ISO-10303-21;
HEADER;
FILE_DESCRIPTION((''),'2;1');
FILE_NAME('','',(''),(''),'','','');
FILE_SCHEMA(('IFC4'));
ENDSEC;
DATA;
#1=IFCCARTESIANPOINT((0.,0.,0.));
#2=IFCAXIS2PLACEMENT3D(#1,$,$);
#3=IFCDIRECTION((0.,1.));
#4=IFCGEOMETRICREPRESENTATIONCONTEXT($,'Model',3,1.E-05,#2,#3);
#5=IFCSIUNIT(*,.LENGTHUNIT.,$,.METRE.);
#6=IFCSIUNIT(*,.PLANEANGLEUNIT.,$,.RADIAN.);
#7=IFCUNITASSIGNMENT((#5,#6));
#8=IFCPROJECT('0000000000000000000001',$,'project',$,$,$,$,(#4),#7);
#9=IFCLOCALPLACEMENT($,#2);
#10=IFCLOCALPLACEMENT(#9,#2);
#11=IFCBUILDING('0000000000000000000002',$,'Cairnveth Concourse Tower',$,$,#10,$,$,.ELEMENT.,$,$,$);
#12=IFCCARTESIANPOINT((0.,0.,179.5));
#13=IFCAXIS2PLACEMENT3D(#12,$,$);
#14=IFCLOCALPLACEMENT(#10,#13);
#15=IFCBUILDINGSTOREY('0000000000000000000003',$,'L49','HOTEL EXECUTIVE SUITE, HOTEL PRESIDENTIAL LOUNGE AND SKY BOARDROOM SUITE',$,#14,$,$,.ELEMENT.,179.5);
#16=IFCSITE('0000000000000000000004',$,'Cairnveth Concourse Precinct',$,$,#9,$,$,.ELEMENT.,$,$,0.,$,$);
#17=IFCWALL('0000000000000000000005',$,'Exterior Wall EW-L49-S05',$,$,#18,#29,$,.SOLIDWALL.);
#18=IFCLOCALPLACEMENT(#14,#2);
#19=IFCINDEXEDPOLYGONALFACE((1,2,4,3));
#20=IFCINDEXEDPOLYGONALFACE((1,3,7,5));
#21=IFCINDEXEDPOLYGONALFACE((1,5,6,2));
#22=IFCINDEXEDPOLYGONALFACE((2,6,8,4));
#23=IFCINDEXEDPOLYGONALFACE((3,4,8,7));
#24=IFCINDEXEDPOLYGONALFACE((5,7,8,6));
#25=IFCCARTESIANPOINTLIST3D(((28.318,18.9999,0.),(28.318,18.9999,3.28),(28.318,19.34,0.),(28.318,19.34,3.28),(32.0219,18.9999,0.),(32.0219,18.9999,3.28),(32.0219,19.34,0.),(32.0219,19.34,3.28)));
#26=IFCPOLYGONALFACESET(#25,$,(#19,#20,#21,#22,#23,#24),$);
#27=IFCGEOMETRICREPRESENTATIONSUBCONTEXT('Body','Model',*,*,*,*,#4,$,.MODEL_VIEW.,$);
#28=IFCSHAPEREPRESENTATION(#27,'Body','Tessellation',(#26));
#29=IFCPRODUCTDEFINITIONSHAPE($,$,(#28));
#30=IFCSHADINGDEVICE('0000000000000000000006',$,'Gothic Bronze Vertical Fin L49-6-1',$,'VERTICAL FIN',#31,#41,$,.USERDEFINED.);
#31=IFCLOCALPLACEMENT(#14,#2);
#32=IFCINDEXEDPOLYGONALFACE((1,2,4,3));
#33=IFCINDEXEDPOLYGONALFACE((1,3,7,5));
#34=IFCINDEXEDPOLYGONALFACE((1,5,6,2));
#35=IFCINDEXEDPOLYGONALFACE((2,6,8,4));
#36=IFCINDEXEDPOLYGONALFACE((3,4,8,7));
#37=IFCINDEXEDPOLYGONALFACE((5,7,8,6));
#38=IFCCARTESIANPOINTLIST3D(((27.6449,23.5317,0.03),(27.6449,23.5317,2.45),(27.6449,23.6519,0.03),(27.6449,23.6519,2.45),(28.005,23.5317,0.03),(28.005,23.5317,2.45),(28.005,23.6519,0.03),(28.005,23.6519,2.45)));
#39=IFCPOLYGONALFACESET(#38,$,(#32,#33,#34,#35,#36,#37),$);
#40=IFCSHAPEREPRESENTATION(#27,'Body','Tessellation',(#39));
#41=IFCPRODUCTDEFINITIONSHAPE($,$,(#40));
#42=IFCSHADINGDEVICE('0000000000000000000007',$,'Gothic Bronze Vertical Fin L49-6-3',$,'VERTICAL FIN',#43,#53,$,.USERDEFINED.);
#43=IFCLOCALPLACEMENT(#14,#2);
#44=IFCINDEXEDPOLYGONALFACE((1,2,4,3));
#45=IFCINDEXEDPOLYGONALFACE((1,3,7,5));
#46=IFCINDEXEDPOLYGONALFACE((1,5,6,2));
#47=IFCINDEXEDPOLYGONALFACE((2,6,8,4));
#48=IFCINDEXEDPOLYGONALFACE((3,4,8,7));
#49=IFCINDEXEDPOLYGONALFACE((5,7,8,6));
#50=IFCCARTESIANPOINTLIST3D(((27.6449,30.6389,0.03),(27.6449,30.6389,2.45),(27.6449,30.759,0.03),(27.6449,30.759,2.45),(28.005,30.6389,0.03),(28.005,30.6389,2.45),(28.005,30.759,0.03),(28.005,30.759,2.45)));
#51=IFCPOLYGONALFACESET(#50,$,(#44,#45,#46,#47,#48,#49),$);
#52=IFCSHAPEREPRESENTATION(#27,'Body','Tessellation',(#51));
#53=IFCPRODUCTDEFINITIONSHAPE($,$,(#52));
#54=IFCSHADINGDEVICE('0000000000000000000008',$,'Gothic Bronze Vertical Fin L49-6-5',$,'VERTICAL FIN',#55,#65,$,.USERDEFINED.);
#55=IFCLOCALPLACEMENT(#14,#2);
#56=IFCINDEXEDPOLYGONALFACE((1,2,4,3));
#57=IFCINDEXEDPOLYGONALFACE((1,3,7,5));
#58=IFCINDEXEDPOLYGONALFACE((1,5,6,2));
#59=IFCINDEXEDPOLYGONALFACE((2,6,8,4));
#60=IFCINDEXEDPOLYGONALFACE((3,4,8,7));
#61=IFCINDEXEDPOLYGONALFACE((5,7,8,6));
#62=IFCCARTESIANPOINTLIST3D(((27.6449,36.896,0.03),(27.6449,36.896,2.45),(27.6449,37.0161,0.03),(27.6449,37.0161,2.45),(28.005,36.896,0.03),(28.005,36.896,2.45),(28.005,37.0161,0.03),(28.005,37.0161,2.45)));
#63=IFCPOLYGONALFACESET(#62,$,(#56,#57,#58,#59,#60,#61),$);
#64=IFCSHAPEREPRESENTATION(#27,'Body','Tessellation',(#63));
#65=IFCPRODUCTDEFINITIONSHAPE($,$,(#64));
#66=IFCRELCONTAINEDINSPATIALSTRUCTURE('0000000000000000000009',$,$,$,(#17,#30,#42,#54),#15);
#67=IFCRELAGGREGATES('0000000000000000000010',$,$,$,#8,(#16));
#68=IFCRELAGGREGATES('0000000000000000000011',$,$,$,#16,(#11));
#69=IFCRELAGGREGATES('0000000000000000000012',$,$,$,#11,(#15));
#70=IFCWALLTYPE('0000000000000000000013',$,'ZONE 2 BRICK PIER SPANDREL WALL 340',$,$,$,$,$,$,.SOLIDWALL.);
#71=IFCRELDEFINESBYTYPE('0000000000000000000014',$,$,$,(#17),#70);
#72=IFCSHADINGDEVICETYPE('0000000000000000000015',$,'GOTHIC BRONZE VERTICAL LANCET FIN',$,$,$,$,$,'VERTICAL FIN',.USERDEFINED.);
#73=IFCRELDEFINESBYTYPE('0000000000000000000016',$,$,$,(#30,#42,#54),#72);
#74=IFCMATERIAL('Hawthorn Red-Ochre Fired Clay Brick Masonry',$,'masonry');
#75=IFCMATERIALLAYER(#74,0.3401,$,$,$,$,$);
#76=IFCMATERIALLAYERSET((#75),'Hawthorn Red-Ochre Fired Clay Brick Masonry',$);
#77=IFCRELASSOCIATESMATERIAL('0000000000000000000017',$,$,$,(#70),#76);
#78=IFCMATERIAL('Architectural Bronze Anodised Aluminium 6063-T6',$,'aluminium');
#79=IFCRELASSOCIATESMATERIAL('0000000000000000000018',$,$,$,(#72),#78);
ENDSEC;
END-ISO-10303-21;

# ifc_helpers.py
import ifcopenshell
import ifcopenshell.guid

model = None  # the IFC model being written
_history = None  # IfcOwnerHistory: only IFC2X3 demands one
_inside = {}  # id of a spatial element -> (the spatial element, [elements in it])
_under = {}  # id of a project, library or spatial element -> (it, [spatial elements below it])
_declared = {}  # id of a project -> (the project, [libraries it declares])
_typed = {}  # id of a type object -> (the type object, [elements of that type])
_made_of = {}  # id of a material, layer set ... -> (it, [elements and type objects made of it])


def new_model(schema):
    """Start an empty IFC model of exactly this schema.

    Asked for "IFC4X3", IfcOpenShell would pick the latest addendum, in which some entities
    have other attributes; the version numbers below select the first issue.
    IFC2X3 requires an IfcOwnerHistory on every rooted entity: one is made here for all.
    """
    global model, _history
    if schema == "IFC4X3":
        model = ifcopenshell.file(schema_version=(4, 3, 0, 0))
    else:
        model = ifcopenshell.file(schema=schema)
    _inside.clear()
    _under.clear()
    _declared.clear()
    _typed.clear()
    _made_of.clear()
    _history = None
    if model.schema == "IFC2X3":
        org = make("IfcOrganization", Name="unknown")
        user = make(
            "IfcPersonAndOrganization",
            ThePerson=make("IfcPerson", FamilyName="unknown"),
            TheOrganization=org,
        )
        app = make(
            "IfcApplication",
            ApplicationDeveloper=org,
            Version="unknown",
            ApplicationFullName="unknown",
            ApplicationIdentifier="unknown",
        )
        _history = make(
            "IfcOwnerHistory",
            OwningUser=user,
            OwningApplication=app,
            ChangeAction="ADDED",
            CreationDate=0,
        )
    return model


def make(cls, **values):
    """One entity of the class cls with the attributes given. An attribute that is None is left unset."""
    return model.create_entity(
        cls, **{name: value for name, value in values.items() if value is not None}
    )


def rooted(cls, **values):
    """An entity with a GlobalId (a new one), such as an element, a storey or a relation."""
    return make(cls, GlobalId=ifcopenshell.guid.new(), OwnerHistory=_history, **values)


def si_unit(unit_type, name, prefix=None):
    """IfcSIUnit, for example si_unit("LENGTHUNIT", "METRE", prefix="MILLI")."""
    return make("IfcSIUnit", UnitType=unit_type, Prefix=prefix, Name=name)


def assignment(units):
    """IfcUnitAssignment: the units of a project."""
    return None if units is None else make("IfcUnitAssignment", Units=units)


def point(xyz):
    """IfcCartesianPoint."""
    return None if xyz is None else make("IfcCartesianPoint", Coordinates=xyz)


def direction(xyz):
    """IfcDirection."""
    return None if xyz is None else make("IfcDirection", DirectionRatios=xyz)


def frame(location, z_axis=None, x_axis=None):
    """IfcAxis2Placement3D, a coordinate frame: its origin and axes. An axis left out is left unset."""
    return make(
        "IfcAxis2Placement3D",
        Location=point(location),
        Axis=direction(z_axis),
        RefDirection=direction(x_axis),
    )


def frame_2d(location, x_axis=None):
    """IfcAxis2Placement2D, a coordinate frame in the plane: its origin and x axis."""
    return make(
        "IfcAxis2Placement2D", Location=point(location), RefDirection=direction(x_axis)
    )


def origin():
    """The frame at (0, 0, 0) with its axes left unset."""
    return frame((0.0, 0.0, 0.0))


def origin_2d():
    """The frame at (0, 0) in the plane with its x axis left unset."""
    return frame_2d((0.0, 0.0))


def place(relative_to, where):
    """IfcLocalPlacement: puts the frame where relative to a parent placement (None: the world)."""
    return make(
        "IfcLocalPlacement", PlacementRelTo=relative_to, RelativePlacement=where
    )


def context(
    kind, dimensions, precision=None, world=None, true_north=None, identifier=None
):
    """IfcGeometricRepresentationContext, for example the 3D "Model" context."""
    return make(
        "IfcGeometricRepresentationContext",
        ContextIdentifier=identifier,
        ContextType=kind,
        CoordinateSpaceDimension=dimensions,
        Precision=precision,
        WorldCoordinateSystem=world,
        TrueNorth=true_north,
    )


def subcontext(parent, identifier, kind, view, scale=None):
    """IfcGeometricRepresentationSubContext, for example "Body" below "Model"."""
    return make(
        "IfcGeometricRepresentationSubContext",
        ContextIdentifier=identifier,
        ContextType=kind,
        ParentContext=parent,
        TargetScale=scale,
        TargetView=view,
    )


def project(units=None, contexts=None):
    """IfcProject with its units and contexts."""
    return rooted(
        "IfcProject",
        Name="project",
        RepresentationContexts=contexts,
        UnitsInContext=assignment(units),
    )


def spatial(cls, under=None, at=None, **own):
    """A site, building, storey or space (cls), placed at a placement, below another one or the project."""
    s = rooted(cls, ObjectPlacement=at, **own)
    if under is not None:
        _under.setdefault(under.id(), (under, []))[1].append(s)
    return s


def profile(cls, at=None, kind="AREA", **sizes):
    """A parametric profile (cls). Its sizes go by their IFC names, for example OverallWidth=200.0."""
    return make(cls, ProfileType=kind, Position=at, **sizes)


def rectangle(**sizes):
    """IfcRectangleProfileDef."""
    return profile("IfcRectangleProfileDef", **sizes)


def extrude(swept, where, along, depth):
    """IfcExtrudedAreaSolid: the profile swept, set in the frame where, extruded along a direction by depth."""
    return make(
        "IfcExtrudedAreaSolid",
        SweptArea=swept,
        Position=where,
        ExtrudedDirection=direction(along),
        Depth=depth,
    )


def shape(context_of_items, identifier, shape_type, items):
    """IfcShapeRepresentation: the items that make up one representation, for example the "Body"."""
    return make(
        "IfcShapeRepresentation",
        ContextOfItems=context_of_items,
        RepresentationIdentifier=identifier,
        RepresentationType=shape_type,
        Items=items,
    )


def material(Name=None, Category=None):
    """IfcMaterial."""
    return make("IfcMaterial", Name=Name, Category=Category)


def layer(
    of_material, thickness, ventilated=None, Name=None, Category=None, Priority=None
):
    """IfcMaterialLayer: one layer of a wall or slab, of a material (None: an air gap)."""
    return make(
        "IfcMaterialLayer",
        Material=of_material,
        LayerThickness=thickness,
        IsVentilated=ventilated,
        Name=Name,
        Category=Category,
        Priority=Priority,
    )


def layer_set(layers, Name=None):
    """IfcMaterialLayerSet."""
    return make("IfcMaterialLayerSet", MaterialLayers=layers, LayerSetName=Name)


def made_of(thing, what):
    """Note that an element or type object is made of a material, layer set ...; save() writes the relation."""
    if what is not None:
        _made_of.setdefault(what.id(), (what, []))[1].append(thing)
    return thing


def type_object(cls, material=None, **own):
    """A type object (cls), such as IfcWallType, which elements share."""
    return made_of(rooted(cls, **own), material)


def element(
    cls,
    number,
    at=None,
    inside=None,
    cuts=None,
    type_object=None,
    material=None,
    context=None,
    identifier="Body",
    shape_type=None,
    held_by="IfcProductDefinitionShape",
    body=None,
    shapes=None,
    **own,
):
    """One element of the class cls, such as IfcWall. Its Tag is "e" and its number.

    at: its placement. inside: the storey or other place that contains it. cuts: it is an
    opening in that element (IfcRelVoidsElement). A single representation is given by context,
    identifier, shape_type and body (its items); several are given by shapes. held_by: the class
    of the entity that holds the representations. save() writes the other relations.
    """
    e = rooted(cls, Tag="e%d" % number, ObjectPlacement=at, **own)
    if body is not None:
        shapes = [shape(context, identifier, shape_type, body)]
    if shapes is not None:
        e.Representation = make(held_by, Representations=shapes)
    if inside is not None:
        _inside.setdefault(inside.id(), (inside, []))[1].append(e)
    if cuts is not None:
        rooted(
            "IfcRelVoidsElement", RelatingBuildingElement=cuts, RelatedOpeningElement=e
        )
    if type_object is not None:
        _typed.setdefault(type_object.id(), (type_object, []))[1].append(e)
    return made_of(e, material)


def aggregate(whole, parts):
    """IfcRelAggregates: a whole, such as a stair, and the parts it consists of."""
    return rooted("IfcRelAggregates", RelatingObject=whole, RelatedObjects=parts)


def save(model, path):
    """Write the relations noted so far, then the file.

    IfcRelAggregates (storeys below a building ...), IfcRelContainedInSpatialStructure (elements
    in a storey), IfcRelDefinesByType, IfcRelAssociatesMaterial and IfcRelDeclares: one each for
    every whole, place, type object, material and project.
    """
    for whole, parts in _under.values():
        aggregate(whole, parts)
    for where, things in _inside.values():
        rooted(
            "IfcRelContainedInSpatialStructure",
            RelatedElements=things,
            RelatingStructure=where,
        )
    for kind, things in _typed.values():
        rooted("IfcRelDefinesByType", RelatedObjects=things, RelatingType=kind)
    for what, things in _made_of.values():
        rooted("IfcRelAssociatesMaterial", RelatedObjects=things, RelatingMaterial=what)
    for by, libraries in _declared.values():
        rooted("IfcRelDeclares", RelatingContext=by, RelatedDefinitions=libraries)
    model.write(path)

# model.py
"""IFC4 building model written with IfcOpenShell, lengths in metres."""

from ifc_helpers import new_model, si_unit, direction, frame, frame_2d, origin, origin_2d, place, context, subcontext, project, spatial, rectangle, extrude, material, layer, layer_set, type_object, element, save


model = new_model("IFC4")

# Units and contexts
model_context = context("Model", 3, precision=1e-05, world=origin(), true_north=direction((0.0, 1.0)))
body_context = subcontext(model_context, "Body", "Model", "MODEL_VIEW")
ifc_project = project(units=[si_unit("LENGTHUNIT", "METRE"), si_unit("PLANEANGLEUNIT", "RADIAN")], contexts=[model_context])

# Site, building, storey
site_placement = place(None, origin())
site = spatial("IfcSite", under=ifc_project, at=site_placement, Name="Cairnveth Concourse Precinct", CompositionType="ELEMENT", RefElevation=0.0)
building_placement = place(site_placement, origin())
building = spatial("IfcBuilding", under=site, at=building_placement, Name="Cairnveth Concourse Tower", CompositionType="ELEMENT")
storey_placement = place(building_placement, frame((0.0, 0.0, 179.5)))
storey = spatial("IfcBuildingStorey", under=building, at=storey_placement, Name="L49", Description="HOTEL EXECUTIVE SUITE, HOTEL PRESIDENTIAL LOUNGE AND SKY BOARDROOM SUITE", CompositionType="ELEMENT", Elevation=179.5)

# Wall
ifc_material_1 = material(Name="Hawthorn Red-Ochre Fired Clay Brick Masonry", Category="masonry")
ifc_layer_1 = layer(ifc_material_1, 0.3401)
ifc_layer_set_1 = layer_set([ifc_layer_1], Name="Hawthorn Red-Ochre Fired Clay Brick Masonry")
wall_type = type_object("IfcWallType", Name="ZONE 2 BRICK PIER SPANDREL WALL 340", PredefinedType="SOLIDWALL", material=ifc_layer_set_1)
wall_placement = place(storey_placement, frame((32.022, 19.1699, 0.0), z_axis=(0.0, 0.0, 1.0), x_axis=(-1.0, 0.0, 0.0)))
element("IfcWall", 1, at=wall_placement, inside=storey, type_object=wall_type, Name="Exterior Wall EW-L49-S05", PredefinedType="SOLIDWALL", context=body_context, shape_type="SweptSolid", body=[
    extrude(rectangle(XDim=3.7039, YDim=0.3401, at=frame_2d((1.8521, 0.0))), origin(), (0.0, 0.0, 1.0), 3.28),
])

# Shading devices
ifc_material_2 = material(Name="Architectural Bronze Anodised Aluminium 6063-T6", Category="aluminium")
shading_device_type = type_object("IfcShadingDeviceType", Name="GOTHIC BRONZE VERTICAL LANCET FIN", ElementType="VERTICAL FIN", PredefinedType="USERDEFINED", material=ifc_material_2)
for number, where, z_axis, x_axis, name in (
    (2, (27.825, 23.5918, 0.03), (0.0, 0.0, 1.0), (0.0, 1.0, 0.0), "Gothic Bronze Vertical Fin L49-6-1"),
    (3, (27.825, 30.699, 0.03), (0.0, 0.0, 1.0), (0.0, 1.0, 0.0), "Gothic Bronze Vertical Fin L49-6-3"),
    (4, (27.825, 36.9561, 0.03), (0.0, 0.0, 1.0), (0.0, 1.0, 0.0), "Gothic Bronze Vertical Fin L49-6-5"),
):
    element("IfcShadingDevice", number, at=place(storey_placement, frame(where, z_axis=z_axis, x_axis=x_axis)), inside=storey, type_object=shading_device_type, Name=name, ObjectType="VERTICAL FIN", PredefinedType="USERDEFINED", context=body_context, shape_type="SweptSolid", body=[
        extrude(rectangle(XDim=0.1201, YDim=0.3601, at=origin_2d()), origin(), (0.0, 0.0, 1.0), 2.4199),
    ])

save(model, "model.ifc")
